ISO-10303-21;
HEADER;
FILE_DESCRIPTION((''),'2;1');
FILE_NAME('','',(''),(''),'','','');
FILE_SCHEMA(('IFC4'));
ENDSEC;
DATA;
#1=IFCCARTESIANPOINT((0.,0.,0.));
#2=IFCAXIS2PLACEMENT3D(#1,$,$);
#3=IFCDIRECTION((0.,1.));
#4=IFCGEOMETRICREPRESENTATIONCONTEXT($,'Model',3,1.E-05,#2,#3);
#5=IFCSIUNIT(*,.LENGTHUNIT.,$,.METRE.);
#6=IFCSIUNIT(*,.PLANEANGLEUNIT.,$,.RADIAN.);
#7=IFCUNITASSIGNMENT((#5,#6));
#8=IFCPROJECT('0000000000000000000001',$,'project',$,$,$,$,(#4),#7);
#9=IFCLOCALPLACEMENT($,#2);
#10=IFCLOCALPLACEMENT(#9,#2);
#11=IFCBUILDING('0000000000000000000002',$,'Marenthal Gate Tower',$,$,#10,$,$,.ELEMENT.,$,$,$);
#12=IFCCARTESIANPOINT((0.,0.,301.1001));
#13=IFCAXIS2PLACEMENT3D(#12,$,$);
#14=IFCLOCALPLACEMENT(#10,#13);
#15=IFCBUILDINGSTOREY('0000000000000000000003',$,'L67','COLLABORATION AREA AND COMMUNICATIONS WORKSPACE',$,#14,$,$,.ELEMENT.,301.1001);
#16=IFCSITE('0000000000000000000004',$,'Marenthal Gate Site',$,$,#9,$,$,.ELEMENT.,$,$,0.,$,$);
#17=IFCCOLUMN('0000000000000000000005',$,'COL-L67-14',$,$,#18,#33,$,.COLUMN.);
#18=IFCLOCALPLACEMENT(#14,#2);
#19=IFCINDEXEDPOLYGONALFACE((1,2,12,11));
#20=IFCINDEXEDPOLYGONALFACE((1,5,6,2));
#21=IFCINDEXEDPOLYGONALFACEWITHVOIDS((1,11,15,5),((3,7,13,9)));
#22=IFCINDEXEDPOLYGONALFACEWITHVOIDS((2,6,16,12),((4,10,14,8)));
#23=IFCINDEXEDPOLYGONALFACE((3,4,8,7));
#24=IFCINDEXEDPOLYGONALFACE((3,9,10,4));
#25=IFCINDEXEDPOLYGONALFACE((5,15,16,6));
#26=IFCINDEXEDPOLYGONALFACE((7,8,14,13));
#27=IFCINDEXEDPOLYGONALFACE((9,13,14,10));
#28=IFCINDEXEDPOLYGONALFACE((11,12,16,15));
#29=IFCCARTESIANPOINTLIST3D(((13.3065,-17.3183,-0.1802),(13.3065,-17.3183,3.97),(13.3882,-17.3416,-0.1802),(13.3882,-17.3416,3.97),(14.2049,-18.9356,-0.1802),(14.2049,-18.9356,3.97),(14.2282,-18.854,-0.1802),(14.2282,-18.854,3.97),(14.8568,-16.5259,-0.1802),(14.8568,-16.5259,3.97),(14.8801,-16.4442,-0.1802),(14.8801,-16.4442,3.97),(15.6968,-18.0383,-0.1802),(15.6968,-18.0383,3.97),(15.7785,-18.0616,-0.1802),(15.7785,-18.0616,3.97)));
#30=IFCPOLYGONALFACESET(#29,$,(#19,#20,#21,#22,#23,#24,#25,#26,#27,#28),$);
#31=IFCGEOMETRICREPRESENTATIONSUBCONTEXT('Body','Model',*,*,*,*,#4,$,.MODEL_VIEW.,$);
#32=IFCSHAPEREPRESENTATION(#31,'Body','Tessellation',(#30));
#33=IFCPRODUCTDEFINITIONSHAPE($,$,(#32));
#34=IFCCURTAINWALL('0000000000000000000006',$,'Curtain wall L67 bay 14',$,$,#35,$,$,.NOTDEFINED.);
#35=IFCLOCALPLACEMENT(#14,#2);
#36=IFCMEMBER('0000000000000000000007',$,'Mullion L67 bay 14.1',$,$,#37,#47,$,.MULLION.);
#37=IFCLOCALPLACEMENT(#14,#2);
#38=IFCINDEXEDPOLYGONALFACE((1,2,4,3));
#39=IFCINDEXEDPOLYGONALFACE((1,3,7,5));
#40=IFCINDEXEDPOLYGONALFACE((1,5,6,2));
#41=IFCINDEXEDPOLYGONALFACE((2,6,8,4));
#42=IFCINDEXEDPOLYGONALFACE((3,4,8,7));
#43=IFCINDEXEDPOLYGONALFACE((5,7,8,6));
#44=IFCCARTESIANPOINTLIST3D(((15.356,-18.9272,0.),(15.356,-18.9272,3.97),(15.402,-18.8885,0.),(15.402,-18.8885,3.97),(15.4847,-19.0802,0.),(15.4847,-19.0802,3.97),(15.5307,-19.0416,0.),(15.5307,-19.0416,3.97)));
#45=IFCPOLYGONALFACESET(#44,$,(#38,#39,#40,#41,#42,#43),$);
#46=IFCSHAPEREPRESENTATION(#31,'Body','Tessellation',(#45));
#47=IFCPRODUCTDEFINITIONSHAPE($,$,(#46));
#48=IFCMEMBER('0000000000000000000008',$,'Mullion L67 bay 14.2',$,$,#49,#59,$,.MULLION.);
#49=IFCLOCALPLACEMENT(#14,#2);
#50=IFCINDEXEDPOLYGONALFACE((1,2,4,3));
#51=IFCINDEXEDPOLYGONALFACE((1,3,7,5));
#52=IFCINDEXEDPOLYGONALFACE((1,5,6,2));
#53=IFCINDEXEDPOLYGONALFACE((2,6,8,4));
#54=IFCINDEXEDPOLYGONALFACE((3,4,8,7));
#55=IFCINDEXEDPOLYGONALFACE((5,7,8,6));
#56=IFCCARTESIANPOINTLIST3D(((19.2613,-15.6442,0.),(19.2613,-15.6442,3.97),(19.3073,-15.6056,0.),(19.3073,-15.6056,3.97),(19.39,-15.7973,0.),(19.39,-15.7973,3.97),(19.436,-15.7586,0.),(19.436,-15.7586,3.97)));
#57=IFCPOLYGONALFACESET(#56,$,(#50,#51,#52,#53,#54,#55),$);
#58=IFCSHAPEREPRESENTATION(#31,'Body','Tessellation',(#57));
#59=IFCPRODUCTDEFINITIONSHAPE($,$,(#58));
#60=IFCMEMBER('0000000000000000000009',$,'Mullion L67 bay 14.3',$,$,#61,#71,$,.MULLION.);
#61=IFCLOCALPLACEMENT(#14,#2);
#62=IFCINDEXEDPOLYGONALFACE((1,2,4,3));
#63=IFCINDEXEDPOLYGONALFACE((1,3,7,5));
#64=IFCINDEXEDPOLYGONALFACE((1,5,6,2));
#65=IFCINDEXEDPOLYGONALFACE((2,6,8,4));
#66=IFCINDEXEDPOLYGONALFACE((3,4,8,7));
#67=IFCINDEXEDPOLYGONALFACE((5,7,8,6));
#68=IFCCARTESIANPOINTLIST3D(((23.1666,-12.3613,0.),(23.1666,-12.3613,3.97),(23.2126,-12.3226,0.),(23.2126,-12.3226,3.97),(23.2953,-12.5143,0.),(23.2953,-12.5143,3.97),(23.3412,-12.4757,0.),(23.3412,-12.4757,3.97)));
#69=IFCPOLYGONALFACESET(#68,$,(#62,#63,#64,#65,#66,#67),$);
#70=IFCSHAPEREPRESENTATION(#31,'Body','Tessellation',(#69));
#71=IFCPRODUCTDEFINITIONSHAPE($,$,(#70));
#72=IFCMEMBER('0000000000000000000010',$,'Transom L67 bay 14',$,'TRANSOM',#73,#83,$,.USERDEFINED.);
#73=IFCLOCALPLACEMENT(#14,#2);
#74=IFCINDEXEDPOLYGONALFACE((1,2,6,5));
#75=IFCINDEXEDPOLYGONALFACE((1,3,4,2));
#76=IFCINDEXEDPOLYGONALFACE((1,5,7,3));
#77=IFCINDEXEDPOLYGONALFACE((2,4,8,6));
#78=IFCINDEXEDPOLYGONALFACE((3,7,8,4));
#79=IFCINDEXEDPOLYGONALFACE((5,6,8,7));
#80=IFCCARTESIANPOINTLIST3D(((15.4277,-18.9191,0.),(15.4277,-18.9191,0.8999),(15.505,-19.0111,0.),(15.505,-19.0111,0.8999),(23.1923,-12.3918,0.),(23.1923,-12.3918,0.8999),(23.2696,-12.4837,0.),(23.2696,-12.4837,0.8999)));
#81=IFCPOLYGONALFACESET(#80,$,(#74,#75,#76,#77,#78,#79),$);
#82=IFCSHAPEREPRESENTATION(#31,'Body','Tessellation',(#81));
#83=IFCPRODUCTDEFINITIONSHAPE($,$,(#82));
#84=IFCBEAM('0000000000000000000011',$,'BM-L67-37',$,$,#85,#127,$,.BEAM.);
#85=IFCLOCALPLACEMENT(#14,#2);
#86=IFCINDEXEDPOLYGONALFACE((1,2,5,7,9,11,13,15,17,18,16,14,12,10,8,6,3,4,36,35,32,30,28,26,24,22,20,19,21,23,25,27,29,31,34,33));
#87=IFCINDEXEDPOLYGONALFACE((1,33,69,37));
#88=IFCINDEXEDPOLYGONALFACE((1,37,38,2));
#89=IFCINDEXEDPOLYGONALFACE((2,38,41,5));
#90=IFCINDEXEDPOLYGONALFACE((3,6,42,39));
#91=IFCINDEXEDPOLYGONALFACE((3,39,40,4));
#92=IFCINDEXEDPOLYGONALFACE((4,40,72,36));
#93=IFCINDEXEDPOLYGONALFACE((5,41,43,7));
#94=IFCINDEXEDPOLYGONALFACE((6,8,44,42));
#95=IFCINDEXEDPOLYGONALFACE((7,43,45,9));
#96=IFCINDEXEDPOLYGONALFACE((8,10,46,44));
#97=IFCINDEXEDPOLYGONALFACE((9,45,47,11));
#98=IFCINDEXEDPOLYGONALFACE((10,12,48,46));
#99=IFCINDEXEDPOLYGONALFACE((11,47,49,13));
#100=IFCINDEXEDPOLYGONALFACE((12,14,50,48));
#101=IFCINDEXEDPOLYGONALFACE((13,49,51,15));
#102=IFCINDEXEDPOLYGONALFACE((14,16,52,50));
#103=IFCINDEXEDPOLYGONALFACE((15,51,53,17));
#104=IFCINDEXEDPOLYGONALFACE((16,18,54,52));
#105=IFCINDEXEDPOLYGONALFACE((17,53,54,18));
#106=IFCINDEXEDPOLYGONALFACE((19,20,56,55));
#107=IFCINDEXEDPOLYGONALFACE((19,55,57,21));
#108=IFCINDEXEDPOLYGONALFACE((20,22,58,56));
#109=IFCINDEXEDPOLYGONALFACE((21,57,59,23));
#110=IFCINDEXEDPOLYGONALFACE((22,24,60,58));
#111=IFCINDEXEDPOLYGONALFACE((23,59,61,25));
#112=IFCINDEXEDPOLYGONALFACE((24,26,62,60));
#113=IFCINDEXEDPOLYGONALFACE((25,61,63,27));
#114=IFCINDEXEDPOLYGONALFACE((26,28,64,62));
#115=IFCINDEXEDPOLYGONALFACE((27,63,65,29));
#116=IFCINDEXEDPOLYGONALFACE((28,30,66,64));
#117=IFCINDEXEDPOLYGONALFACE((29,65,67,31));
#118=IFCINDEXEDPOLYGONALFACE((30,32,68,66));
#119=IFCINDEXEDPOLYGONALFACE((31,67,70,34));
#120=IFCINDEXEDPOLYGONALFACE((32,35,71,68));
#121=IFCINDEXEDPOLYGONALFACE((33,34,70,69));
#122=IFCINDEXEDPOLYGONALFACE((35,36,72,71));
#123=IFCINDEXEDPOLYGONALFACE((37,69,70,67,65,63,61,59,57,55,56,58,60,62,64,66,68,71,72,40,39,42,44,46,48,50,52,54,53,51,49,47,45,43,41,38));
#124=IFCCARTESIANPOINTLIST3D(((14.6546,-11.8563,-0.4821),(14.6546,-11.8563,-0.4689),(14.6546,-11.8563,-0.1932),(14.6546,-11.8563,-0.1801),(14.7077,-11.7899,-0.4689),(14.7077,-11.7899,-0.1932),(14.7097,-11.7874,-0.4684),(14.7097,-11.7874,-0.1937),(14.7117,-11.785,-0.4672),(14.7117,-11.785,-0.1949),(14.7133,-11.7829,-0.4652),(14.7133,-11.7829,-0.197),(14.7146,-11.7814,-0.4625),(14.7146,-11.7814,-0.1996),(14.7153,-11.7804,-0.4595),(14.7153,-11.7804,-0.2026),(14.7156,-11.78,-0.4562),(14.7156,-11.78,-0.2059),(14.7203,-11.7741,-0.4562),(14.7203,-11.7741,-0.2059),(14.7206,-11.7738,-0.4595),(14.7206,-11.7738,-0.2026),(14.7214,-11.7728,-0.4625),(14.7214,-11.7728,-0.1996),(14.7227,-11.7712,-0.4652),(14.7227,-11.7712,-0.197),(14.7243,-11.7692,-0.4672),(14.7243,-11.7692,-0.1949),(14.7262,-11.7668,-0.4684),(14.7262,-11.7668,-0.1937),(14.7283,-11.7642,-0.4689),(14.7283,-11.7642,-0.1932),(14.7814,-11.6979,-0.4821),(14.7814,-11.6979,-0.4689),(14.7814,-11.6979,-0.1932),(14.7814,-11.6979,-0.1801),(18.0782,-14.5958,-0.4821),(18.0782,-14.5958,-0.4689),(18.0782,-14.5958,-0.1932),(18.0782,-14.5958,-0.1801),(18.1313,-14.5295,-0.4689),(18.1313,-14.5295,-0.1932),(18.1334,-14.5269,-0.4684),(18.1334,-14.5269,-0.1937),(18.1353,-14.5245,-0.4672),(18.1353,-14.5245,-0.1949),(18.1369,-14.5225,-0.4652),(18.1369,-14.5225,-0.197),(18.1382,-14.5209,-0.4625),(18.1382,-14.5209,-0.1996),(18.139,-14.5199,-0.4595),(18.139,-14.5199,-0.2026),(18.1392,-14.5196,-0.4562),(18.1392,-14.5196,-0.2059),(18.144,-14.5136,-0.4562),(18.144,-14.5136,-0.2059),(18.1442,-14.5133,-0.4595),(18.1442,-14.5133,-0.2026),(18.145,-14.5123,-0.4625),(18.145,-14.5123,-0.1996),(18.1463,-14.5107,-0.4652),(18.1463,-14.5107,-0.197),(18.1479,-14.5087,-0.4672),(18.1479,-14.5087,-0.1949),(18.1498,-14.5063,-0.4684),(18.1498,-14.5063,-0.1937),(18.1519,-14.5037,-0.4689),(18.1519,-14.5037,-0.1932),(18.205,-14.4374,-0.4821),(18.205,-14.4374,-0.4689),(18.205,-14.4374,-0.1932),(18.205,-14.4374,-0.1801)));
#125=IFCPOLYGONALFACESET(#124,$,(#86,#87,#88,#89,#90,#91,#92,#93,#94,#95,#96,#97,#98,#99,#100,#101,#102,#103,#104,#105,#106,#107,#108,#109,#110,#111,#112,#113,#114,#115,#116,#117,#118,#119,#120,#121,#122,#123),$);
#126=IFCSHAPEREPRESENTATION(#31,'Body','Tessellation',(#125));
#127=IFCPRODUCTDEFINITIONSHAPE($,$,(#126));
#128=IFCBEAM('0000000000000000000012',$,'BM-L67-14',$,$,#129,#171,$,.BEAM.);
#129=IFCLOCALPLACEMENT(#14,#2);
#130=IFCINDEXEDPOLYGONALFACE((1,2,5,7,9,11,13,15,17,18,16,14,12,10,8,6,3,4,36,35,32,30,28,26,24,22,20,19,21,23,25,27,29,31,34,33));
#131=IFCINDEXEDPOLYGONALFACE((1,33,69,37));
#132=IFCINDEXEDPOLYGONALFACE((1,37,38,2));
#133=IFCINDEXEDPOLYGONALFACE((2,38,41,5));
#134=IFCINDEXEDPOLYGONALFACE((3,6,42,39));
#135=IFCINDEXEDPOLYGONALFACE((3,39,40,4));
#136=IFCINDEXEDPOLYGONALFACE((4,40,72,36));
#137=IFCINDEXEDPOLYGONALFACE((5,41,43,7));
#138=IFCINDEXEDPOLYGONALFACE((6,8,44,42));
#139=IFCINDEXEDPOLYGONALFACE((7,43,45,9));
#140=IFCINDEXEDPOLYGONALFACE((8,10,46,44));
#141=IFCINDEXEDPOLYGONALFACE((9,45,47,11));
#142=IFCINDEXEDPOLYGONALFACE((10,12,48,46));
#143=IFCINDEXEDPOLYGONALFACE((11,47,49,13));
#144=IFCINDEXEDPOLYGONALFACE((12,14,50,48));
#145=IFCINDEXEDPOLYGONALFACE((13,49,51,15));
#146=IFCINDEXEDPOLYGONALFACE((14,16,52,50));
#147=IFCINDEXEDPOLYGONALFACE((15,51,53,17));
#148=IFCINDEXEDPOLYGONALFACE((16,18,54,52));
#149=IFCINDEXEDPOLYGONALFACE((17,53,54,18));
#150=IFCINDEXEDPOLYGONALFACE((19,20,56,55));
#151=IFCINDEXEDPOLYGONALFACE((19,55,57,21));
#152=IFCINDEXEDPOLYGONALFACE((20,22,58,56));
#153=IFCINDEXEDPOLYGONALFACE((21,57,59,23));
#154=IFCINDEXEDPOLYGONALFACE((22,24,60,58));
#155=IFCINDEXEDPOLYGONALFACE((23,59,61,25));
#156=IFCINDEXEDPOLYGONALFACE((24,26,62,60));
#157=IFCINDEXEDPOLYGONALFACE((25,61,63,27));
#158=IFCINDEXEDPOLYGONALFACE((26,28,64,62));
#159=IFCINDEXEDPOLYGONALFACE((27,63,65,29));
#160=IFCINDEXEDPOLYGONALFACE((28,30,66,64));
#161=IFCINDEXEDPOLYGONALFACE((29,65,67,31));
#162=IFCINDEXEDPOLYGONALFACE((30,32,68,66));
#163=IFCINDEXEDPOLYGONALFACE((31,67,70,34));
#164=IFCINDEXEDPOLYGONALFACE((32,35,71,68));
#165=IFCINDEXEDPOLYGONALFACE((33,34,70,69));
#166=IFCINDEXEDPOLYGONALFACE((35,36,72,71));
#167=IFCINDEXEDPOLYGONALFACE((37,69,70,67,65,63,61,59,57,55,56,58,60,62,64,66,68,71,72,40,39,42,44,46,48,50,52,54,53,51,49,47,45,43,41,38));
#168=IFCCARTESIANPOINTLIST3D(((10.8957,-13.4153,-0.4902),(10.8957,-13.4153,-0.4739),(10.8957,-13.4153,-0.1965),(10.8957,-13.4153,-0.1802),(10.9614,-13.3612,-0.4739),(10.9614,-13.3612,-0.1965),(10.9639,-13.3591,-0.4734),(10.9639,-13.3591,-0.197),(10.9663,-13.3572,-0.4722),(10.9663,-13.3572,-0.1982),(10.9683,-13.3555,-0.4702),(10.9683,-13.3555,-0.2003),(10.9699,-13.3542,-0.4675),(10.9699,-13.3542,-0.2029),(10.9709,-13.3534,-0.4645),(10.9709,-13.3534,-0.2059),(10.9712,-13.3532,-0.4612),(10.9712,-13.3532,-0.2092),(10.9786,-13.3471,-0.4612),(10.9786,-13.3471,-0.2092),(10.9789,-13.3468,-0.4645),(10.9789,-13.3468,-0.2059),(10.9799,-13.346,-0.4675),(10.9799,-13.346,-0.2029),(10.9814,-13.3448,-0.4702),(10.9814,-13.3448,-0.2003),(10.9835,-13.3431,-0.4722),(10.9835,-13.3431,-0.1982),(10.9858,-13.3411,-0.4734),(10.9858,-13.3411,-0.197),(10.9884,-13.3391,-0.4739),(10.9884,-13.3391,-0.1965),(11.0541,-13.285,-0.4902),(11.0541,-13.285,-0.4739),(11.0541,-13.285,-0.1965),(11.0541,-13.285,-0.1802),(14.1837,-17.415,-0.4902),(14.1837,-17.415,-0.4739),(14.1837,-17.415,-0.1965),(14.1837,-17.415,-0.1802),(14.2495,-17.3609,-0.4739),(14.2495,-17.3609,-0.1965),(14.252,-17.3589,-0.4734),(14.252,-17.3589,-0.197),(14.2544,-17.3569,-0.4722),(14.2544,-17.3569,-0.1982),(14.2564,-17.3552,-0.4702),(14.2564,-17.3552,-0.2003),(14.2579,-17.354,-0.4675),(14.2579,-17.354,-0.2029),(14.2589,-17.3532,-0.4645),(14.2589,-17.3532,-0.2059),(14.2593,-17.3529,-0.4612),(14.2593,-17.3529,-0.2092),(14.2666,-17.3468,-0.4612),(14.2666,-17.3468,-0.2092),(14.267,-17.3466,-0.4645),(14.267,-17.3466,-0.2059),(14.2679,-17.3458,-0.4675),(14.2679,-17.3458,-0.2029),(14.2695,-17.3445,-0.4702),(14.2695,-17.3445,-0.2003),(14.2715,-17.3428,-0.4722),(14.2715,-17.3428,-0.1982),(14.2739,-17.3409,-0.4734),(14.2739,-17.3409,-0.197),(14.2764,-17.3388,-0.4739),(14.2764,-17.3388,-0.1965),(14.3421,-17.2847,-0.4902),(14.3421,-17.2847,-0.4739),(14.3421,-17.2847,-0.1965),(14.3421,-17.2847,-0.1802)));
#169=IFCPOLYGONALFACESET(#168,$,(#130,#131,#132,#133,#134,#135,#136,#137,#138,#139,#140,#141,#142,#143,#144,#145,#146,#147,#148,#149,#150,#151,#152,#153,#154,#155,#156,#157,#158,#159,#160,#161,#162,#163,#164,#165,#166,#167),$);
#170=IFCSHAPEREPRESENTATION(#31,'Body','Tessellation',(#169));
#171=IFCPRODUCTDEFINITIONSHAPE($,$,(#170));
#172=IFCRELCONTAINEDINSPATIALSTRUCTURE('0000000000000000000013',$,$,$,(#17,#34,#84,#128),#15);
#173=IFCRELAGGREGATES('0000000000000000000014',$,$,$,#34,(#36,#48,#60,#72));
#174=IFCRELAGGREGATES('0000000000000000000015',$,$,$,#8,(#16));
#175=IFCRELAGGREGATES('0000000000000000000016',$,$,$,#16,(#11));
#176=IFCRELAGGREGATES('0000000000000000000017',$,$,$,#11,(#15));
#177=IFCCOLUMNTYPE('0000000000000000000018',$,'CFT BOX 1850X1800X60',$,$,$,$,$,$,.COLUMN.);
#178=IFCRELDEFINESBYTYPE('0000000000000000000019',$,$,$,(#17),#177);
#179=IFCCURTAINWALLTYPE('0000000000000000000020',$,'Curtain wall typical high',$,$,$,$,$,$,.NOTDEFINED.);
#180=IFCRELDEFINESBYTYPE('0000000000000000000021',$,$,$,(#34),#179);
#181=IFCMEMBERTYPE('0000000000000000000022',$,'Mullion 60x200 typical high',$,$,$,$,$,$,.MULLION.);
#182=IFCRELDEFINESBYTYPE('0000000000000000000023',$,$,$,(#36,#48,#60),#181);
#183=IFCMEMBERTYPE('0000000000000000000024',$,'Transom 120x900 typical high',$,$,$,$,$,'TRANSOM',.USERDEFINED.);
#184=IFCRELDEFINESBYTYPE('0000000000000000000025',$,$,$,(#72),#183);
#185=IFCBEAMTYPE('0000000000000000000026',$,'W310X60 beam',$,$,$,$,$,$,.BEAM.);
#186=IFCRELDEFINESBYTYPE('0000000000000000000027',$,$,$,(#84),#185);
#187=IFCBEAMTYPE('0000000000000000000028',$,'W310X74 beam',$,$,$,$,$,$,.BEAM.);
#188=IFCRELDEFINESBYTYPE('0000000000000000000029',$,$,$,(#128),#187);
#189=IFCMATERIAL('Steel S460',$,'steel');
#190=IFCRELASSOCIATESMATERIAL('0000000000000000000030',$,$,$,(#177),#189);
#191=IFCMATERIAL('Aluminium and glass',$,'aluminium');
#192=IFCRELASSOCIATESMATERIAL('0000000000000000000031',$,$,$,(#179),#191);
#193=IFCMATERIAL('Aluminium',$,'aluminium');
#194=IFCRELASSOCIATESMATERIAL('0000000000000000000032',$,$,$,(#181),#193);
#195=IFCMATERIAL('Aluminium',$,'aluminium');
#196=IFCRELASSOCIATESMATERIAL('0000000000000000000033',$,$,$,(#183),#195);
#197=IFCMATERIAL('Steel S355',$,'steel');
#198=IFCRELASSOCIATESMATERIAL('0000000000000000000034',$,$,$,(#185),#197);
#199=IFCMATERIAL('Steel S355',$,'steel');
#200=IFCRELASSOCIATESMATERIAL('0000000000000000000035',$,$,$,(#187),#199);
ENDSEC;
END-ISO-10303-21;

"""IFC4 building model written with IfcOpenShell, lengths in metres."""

from ifc_helpers import new_model, si_unit, direction, frame, origin, origin_2d, place, context, subcontext, project, spatial, rectangle, hollow_rectangle, i_section, extrude, material, material_profile, profile_set, type_object, element, aggregate, save


model = new_model("IFC4")

# Units and contexts
model_context = context("Model", 3, precision=1e-05, world=origin(), true_north=direction((0.0, 1.0)))
body_context = subcontext(model_context, "Body", "Model", "MODEL_VIEW")
ifc_project = project(units=[si_unit("LENGTHUNIT", "METRE"), si_unit("PLANEANGLEUNIT", "RADIAN")], contexts=[model_context])

# Site, building, storey
site_placement = place(None, origin())
site = spatial("IfcSite", under=ifc_project, at=site_placement, Name="Marenthal Gate Site", CompositionType="ELEMENT", RefElevation=0.0)
building_placement = place(site_placement, origin())
building = spatial("IfcBuilding", under=site, at=building_placement, Name="Marenthal Gate Tower", CompositionType="ELEMENT")
storey_placement = place(building_placement, frame((0.0, 0.0, 301.1001)))
storey = spatial("IfcBuildingStorey", under=building, at=storey_placement, Name="L67", Description="COLLABORATION AREA AND COMMUNICATIONS WORKSPACE", CompositionType="ELEMENT", Elevation=301.1001)

# Column
ifc_material_1 = material(Name="Steel S460", Category="steel")
ifc_material_profile_1 = material_profile(ifc_material_1, hollow_rectangle(XDim=1.8, YDim=1.8501, WallThickness=0.0601, at=origin_2d()), Name="CFT BOX 1850X1800X60")
ifc_material_2 = material(Name="Concrete 70 MPa", Category="concrete")
ifc_material_profile_2 = material_profile(ifc_material_2, rectangle(XDim=1.6799, YDim=1.73, at=origin_2d()), Name="CFT BOX 1850X1800X60 INFILL")
ifc_profile_set_1 = profile_set([ifc_material_profile_1, ifc_material_profile_2], Name="Steel S460 shell, Concrete 70 MPa infill")
column_type = type_object("IfcColumnType", Name="CFT BOX 1850X1800X60", PredefinedType="COLUMN", material=ifc_profile_set_1)
column_placement = place(storey_placement, frame((14.5425, -17.6899, -0.1802), z_axis=(0.0, 0.0, 1.0), x_axis=(-0.8742, -0.485567, 0.0)))
element("IfcColumn", 1, at=column_placement, inside=storey, type_object=column_type, Name="COL-L67-14", PredefinedType="COLUMN", context=body_context, shape_type="SweptSolid", body=[
    extrude(hollow_rectangle(XDim=1.8, YDim=1.8501, WallThickness=0.0601, at=origin_2d()), origin(), (0.0, 0.0, 1.0), 4.1501),
])

# Curtain wall, members
ifc_material_3 = material(Name="Aluminium and glass", Category="aluminium")
curtain_wall_type = type_object("IfcCurtainWallType", Name="Curtain wall typical high", PredefinedType="NOTDEFINED", material=ifc_material_3)
curtain_wall_placement = place(storey_placement, origin())
curtain_wall = element("IfcCurtainWall", 2, at=curtain_wall_placement, inside=storey, type_object=curtain_wall_type, Name="Curtain wall L67 bay 14", PredefinedType="NOTDEFINED")
ifc_material_4 = material(Name="Aluminium", Category="aluminium")
ifc_material_profile_3 = material_profile(ifc_material_4, rectangle(XDim=0.2, YDim=0.0601, at=origin_2d()), Name="60x200 aluminium mullion")
ifc_profile_set_2 = profile_set([ifc_material_profile_3], Name="Aluminium")
member_type_1 = type_object("IfcMemberType", Name="Mullion 60x200 typical high", PredefinedType="MULLION", material=ifc_profile_set_2)
member_1_placement = place(storey_placement, frame((15.4434, -18.9844, 0.0), z_axis=(0.0, 0.0, 1.0), x_axis=(-0.64348, 0.765463, 0.0)))
member_1 = element("IfcMember", 3, at=member_1_placement, type_object=member_type_1, Name="Mullion L67 bay 14.1", PredefinedType="MULLION", context=body_context, shape_type="SweptSolid", body=[
    extrude(rectangle(XDim=0.2, YDim=0.0601, at=origin_2d()), origin(), (0.0, 0.0, 1.0), 3.97),
])
member_2_placement = place(storey_placement, frame((19.3486, -15.7014, 0.0), z_axis=(0.0, 0.0, 1.0), x_axis=(-0.64348, 0.765463, 0.0)))
member_2 = element("IfcMember", 4, at=member_2_placement, type_object=member_type_1, Name="Mullion L67 bay 14.2", PredefinedType="MULLION", context=body_context, shape_type="SweptSolid", body=[
    extrude(rectangle(XDim=0.2, YDim=0.0601, at=origin_2d()), origin(), (0.0, 0.0, 1.0), 3.97),
])
member_3_placement = place(storey_placement, frame((23.2539, -12.4185, 0.0), z_axis=(0.0, 0.0, 1.0), x_axis=(-0.64348, 0.765463, 0.0)))
member_3 = element("IfcMember", 5, at=member_3_placement, type_object=member_type_1, Name="Mullion L67 bay 14.3", PredefinedType="MULLION", context=body_context, shape_type="SweptSolid", body=[
    extrude(rectangle(XDim=0.2, YDim=0.0601, at=origin_2d()), origin(), (0.0, 0.0, 1.0), 3.97),
])
ifc_material_5 = material(Name="Aluminium", Category="aluminium")
ifc_material_profile_4 = material_profile(ifc_material_5, rectangle(XDim=0.1201, YDim=0.8999, at=origin_2d()), Name="120x900 aluminium transom")
ifc_profile_set_3 = profile_set([ifc_material_profile_4], Name="Aluminium")
member_type_2 = type_object("IfcMemberType", Name="Transom 120x900 typical high", ElementType="TRANSOM", PredefinedType="USERDEFINED", material=ifc_profile_set_3)
member_4_placement = place(storey_placement, frame((15.4663, -18.9651, 0.45), z_axis=(0.76546, 0.643483, 0.0), x_axis=(-0.643483, 0.76546, 0.0)))
member_4 = element("IfcMember", 6, at=member_4_placement, type_object=member_type_2, Name="Transom L67 bay 14", ObjectType="TRANSOM", PredefinedType="USERDEFINED", context=body_context, shape_type="SweptSolid", body=[
    extrude(rectangle(XDim=0.1201, YDim=0.8999, at=origin_2d()), origin(), (0.0, 0.0, 1.0), 10.1438),
])

# Beams
ifc_material_6 = material(Name="Steel S355", Category="steel")
ifc_material_profile_5 = material_profile(ifc_material_6, i_section(OverallWidth=0.2029, OverallDepth=0.302, WebThickness=0.0076, FlangeThickness=0.0132, FilletRadius=0.0127, at=origin_2d()), Name="W310X60")
ifc_profile_set_4 = profile_set([ifc_material_profile_5], Name="Steel S355")
beam_type_1 = type_object("IfcBeamType", Name="W310X60 beam", PredefinedType="BEAM", material=ifc_profile_set_4)
beam_1_placement = place(storey_placement, frame((18.1416, -14.5166, -0.3311), z_axis=(-0.780798, 0.624783, 0.0), x_axis=(-0.624783, -0.780798, 0.0)))
element("IfcBeam", 7, at=beam_1_placement, inside=storey, type_object=beam_type_1, Name="BM-L67-37", PredefinedType="BEAM", context=body_context, shape_type="SweptSolid", body=[
    extrude(i_section(OverallWidth=0.2029, OverallDepth=0.302, WebThickness=0.0076, FlangeThickness=0.0132, FilletRadius=0.0127, at=origin_2d()), origin(), (0.0, 0.0, 1.0), 4.3848),
])
ifc_material_7 = material(Name="Steel S355", Category="steel")
ifc_material_profile_6 = material_profile(ifc_material_7, i_section(OverallWidth=0.2051, OverallDepth=0.3101, WebThickness=0.0095, FlangeThickness=0.0164, FilletRadius=0.0127, at=origin_2d()), Name="W310X74")
ifc_profile_set_5 = profile_set([ifc_material_profile_6], Name="Steel S355")
beam_type_2 = type_object("IfcBeamType", Name="W310X74 beam", PredefinedType="BEAM", material=ifc_profile_set_5)
beam_2_placement = place(storey_placement, frame((14.2629, -17.3499, -0.3352), z_axis=(-0.635036, 0.772483, 0.0), x_axis=(-0.772483, -0.635036, 0.0)))
element("IfcBeam", 8, at=beam_2_placement, inside=storey, type_object=beam_type_2, Name="BM-L67-14", PredefinedType="BEAM", context=body_context, shape_type="SweptSolid", body=[
    extrude(i_section(OverallWidth=0.2051, OverallDepth=0.3101, WebThickness=0.0095, FlangeThickness=0.0164, FilletRadius=0.0127, at=origin_2d()), origin(), (0.0, 0.0, 1.0), 5.1777),
])

aggregate(curtain_wall, [member_1, member_2, member_3, member_4])

save(model, "model.ifc")
